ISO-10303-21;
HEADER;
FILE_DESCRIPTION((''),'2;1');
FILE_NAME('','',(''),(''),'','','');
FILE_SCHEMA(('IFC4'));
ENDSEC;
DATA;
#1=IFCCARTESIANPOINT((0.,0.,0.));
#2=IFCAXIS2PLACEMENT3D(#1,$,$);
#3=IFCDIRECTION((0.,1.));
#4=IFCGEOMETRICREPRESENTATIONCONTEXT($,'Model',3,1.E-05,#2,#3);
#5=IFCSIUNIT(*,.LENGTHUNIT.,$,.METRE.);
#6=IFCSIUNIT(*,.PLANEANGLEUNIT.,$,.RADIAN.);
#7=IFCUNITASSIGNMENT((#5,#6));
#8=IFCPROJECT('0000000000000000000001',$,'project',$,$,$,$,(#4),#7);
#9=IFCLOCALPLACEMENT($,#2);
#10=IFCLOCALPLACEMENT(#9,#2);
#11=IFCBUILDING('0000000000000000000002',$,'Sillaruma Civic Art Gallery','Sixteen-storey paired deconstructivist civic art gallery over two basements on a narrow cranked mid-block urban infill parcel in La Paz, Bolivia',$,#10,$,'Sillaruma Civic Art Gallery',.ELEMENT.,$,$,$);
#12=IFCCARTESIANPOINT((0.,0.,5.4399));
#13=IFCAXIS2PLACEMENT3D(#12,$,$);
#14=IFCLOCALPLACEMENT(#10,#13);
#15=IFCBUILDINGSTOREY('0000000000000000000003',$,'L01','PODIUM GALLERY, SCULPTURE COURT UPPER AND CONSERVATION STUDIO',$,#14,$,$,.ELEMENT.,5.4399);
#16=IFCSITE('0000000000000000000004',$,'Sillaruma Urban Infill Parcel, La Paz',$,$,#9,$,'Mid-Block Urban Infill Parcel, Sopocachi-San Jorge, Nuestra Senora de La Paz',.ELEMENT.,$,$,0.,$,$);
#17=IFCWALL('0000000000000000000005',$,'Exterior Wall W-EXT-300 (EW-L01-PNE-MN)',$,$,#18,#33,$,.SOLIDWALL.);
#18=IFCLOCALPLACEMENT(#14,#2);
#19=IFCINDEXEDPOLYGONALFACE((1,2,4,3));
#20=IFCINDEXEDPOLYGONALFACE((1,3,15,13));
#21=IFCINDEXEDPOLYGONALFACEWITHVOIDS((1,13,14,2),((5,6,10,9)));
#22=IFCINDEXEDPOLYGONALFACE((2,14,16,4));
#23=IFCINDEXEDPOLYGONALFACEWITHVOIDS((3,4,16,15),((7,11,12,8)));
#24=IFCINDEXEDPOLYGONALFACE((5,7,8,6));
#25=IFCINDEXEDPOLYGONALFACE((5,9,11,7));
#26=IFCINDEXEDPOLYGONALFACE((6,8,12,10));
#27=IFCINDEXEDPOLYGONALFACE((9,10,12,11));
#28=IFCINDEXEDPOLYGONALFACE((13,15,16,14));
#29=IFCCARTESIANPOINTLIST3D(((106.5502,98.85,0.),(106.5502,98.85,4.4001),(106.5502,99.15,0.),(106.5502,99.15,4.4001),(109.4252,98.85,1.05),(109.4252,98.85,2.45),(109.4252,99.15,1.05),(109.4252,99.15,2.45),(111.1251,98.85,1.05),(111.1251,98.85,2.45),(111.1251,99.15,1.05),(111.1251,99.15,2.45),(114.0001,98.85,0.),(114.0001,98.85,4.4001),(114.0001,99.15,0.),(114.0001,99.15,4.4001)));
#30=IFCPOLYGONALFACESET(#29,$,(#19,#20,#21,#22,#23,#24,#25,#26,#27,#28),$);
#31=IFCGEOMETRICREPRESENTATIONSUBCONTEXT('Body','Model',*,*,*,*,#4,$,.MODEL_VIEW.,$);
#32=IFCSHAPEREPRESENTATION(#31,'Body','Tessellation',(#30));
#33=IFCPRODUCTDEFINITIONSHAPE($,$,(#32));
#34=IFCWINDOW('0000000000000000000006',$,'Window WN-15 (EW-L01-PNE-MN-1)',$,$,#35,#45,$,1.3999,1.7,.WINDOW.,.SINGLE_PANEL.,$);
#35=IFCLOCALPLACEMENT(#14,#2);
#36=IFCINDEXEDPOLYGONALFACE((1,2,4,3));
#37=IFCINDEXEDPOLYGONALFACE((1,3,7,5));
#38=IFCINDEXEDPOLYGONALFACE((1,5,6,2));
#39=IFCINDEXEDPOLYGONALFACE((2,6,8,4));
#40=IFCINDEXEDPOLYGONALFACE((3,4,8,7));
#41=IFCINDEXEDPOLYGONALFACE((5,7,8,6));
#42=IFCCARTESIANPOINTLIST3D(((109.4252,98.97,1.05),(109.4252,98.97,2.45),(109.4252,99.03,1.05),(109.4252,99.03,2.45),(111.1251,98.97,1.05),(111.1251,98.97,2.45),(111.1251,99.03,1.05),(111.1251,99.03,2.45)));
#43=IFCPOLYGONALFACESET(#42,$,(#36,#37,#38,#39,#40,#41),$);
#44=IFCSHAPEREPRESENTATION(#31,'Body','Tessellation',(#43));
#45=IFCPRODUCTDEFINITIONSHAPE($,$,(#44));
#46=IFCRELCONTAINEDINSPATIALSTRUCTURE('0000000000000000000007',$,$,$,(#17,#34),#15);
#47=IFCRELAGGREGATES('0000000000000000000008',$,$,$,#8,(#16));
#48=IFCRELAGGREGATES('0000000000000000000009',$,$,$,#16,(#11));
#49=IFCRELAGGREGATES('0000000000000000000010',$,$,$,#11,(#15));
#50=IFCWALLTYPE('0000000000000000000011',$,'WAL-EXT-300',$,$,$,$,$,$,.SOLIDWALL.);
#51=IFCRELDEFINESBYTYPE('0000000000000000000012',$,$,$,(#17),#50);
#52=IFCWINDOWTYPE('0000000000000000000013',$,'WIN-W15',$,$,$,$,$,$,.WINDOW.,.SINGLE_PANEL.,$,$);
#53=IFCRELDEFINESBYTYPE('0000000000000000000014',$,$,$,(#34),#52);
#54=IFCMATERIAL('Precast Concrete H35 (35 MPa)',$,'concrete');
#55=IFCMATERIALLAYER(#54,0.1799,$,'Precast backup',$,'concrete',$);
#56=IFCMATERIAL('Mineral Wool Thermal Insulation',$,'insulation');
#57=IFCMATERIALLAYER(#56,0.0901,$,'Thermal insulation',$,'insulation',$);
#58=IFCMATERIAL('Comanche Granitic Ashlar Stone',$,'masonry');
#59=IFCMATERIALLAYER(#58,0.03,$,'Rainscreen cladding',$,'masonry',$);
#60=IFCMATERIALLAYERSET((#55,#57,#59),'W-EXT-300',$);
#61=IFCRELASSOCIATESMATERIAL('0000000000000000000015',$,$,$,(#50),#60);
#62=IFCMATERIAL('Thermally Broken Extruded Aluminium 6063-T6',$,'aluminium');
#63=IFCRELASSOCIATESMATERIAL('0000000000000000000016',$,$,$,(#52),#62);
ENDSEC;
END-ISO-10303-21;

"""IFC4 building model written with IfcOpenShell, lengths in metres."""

from ifc_helpers import new_model, si_unit, direction, frame, frame_2d, origin, place, context, subcontext, project, spatial, rectangle, extrude, material, layer, layer_set, type_object, element, fill, save


model = new_model("IFC4")

# Units and contexts
model_context = context("Model", 3, precision=1e-05, world=origin(), true_north=direction((0.0, 1.0)))
body_context = subcontext(model_context, "Body", "Model", "MODEL_VIEW")
ifc_project = project(units=[si_unit("LENGTHUNIT", "METRE"), si_unit("PLANEANGLEUNIT", "RADIAN")], contexts=[model_context])

# Site, building, storey
site_placement = place(None, origin())
site = spatial("IfcSite", under=ifc_project, at=site_placement, Name="Sillaruma Urban Infill Parcel, La Paz", LongName="Mid-Block Urban Infill Parcel, Sopocachi-San Jorge, Nuestra Senora de La Paz", CompositionType="ELEMENT", RefElevation=0.0)
building_placement = place(site_placement, origin())
building = spatial("IfcBuilding", under=site, at=building_placement, Name="Sillaruma Civic Art Gallery", Description="Sixteen-storey paired deconstructivist civic art gallery over two basements on a narrow cranked mid-block urban infill parcel in La Paz, Bolivia", LongName="Sillaruma Civic Art Gallery", CompositionType="ELEMENT")
storey_placement = place(building_placement, frame((0.0, 0.0, 5.4399)))
storey = spatial("IfcBuildingStorey", under=building, at=storey_placement, Name="L01", Description="PODIUM GALLERY, SCULPTURE COURT UPPER AND CONSERVATION STUDIO", CompositionType="ELEMENT", Elevation=5.4399)

# Shared definitions
ifc_material_1 = material(Name="Thermally Broken Extruded Aluminium 6063-T6", Category="aluminium")

# Wall, opening, window
ifc_material_2 = material(Name="Precast Concrete H35 (35 MPa)", Category="concrete")
ifc_layer_1 = layer(ifc_material_2, 0.1799, Name="Precast backup", Category="concrete")
ifc_material_3 = material(Name="Mineral Wool Thermal Insulation", Category="insulation")
ifc_layer_2 = layer(ifc_material_3, 0.0901, Name="Thermal insulation", Category="insulation")
ifc_material_4 = material(Name="Comanche Granitic Ashlar Stone", Category="masonry")
ifc_layer_3 = layer(ifc_material_4, 0.03, Name="Rainscreen cladding", Category="masonry")
ifc_layer_set_1 = layer_set([ifc_layer_1, ifc_layer_2, ifc_layer_3], Name="W-EXT-300")
wall_type = type_object("IfcWallType", Name="WAL-EXT-300", PredefinedType="SOLIDWALL", material=ifc_layer_set_1)
wall_placement = place(storey_placement, frame((106.55, 99.0, 0.0), z_axis=(0.0, 0.0, 1.0), x_axis=(1.0, 0.0, 0.0)))
wall = element("IfcWall", 1, at=wall_placement, inside=storey, type_object=wall_type, Name="Exterior Wall W-EXT-300 (EW-L01-PNE-MN)", PredefinedType="SOLIDWALL", context=body_context, shape_type="SweptSolid", body=[
    extrude(rectangle(XDim=7.45, YDim=0.3, at=frame_2d((3.7251, 0.0))), origin(), (0.0, 0.0, 1.0), 4.4001),
])
opening_placement = place(wall_placement, frame((2.875, 0.0, 1.05)))
opening = element("IfcOpeningElement", 2, at=opening_placement, cuts=wall, PredefinedType="OPENING", context=body_context, shape_type="SweptSolid", body=[
    extrude(rectangle(XDim=1.7, YDim=1.3999, at=frame_2d((0.8501, 0.7))), frame((0.0, 0.1599, 0.0), z_axis=(0.0, -1.0, 0.0), x_axis=(1.0, 0.0, 0.0)), (0.0, 0.0, 1.0), 0.3201),
])
window_type = type_object("IfcWindowType", Name="WIN-W15", PartitioningType="SINGLE_PANEL", PredefinedType="WINDOW", material=ifc_material_1)
window_placement = place(opening_placement, origin())
window = element("IfcWindow", 3, at=window_placement, inside=storey, type_object=window_type, Name="Window WN-15 (EW-L01-PNE-MN-1)", OverallHeight=1.3999, OverallWidth=1.7, PartitioningType="SINGLE_PANEL", PredefinedType="WINDOW", context=body_context, shape_type="SweptSolid", body=[
    extrude(rectangle(XDim=1.7, YDim=1.3999, at=frame_2d((0.8501, 0.7))), frame((0.0, 0.03, 0.0), z_axis=(0.0, -1.0, 0.0), x_axis=(1.0, 0.0, 0.0)), (0.0, 0.0, 1.0), 0.0601),
])
fill(opening, window)

save(model, "model.ifc")
